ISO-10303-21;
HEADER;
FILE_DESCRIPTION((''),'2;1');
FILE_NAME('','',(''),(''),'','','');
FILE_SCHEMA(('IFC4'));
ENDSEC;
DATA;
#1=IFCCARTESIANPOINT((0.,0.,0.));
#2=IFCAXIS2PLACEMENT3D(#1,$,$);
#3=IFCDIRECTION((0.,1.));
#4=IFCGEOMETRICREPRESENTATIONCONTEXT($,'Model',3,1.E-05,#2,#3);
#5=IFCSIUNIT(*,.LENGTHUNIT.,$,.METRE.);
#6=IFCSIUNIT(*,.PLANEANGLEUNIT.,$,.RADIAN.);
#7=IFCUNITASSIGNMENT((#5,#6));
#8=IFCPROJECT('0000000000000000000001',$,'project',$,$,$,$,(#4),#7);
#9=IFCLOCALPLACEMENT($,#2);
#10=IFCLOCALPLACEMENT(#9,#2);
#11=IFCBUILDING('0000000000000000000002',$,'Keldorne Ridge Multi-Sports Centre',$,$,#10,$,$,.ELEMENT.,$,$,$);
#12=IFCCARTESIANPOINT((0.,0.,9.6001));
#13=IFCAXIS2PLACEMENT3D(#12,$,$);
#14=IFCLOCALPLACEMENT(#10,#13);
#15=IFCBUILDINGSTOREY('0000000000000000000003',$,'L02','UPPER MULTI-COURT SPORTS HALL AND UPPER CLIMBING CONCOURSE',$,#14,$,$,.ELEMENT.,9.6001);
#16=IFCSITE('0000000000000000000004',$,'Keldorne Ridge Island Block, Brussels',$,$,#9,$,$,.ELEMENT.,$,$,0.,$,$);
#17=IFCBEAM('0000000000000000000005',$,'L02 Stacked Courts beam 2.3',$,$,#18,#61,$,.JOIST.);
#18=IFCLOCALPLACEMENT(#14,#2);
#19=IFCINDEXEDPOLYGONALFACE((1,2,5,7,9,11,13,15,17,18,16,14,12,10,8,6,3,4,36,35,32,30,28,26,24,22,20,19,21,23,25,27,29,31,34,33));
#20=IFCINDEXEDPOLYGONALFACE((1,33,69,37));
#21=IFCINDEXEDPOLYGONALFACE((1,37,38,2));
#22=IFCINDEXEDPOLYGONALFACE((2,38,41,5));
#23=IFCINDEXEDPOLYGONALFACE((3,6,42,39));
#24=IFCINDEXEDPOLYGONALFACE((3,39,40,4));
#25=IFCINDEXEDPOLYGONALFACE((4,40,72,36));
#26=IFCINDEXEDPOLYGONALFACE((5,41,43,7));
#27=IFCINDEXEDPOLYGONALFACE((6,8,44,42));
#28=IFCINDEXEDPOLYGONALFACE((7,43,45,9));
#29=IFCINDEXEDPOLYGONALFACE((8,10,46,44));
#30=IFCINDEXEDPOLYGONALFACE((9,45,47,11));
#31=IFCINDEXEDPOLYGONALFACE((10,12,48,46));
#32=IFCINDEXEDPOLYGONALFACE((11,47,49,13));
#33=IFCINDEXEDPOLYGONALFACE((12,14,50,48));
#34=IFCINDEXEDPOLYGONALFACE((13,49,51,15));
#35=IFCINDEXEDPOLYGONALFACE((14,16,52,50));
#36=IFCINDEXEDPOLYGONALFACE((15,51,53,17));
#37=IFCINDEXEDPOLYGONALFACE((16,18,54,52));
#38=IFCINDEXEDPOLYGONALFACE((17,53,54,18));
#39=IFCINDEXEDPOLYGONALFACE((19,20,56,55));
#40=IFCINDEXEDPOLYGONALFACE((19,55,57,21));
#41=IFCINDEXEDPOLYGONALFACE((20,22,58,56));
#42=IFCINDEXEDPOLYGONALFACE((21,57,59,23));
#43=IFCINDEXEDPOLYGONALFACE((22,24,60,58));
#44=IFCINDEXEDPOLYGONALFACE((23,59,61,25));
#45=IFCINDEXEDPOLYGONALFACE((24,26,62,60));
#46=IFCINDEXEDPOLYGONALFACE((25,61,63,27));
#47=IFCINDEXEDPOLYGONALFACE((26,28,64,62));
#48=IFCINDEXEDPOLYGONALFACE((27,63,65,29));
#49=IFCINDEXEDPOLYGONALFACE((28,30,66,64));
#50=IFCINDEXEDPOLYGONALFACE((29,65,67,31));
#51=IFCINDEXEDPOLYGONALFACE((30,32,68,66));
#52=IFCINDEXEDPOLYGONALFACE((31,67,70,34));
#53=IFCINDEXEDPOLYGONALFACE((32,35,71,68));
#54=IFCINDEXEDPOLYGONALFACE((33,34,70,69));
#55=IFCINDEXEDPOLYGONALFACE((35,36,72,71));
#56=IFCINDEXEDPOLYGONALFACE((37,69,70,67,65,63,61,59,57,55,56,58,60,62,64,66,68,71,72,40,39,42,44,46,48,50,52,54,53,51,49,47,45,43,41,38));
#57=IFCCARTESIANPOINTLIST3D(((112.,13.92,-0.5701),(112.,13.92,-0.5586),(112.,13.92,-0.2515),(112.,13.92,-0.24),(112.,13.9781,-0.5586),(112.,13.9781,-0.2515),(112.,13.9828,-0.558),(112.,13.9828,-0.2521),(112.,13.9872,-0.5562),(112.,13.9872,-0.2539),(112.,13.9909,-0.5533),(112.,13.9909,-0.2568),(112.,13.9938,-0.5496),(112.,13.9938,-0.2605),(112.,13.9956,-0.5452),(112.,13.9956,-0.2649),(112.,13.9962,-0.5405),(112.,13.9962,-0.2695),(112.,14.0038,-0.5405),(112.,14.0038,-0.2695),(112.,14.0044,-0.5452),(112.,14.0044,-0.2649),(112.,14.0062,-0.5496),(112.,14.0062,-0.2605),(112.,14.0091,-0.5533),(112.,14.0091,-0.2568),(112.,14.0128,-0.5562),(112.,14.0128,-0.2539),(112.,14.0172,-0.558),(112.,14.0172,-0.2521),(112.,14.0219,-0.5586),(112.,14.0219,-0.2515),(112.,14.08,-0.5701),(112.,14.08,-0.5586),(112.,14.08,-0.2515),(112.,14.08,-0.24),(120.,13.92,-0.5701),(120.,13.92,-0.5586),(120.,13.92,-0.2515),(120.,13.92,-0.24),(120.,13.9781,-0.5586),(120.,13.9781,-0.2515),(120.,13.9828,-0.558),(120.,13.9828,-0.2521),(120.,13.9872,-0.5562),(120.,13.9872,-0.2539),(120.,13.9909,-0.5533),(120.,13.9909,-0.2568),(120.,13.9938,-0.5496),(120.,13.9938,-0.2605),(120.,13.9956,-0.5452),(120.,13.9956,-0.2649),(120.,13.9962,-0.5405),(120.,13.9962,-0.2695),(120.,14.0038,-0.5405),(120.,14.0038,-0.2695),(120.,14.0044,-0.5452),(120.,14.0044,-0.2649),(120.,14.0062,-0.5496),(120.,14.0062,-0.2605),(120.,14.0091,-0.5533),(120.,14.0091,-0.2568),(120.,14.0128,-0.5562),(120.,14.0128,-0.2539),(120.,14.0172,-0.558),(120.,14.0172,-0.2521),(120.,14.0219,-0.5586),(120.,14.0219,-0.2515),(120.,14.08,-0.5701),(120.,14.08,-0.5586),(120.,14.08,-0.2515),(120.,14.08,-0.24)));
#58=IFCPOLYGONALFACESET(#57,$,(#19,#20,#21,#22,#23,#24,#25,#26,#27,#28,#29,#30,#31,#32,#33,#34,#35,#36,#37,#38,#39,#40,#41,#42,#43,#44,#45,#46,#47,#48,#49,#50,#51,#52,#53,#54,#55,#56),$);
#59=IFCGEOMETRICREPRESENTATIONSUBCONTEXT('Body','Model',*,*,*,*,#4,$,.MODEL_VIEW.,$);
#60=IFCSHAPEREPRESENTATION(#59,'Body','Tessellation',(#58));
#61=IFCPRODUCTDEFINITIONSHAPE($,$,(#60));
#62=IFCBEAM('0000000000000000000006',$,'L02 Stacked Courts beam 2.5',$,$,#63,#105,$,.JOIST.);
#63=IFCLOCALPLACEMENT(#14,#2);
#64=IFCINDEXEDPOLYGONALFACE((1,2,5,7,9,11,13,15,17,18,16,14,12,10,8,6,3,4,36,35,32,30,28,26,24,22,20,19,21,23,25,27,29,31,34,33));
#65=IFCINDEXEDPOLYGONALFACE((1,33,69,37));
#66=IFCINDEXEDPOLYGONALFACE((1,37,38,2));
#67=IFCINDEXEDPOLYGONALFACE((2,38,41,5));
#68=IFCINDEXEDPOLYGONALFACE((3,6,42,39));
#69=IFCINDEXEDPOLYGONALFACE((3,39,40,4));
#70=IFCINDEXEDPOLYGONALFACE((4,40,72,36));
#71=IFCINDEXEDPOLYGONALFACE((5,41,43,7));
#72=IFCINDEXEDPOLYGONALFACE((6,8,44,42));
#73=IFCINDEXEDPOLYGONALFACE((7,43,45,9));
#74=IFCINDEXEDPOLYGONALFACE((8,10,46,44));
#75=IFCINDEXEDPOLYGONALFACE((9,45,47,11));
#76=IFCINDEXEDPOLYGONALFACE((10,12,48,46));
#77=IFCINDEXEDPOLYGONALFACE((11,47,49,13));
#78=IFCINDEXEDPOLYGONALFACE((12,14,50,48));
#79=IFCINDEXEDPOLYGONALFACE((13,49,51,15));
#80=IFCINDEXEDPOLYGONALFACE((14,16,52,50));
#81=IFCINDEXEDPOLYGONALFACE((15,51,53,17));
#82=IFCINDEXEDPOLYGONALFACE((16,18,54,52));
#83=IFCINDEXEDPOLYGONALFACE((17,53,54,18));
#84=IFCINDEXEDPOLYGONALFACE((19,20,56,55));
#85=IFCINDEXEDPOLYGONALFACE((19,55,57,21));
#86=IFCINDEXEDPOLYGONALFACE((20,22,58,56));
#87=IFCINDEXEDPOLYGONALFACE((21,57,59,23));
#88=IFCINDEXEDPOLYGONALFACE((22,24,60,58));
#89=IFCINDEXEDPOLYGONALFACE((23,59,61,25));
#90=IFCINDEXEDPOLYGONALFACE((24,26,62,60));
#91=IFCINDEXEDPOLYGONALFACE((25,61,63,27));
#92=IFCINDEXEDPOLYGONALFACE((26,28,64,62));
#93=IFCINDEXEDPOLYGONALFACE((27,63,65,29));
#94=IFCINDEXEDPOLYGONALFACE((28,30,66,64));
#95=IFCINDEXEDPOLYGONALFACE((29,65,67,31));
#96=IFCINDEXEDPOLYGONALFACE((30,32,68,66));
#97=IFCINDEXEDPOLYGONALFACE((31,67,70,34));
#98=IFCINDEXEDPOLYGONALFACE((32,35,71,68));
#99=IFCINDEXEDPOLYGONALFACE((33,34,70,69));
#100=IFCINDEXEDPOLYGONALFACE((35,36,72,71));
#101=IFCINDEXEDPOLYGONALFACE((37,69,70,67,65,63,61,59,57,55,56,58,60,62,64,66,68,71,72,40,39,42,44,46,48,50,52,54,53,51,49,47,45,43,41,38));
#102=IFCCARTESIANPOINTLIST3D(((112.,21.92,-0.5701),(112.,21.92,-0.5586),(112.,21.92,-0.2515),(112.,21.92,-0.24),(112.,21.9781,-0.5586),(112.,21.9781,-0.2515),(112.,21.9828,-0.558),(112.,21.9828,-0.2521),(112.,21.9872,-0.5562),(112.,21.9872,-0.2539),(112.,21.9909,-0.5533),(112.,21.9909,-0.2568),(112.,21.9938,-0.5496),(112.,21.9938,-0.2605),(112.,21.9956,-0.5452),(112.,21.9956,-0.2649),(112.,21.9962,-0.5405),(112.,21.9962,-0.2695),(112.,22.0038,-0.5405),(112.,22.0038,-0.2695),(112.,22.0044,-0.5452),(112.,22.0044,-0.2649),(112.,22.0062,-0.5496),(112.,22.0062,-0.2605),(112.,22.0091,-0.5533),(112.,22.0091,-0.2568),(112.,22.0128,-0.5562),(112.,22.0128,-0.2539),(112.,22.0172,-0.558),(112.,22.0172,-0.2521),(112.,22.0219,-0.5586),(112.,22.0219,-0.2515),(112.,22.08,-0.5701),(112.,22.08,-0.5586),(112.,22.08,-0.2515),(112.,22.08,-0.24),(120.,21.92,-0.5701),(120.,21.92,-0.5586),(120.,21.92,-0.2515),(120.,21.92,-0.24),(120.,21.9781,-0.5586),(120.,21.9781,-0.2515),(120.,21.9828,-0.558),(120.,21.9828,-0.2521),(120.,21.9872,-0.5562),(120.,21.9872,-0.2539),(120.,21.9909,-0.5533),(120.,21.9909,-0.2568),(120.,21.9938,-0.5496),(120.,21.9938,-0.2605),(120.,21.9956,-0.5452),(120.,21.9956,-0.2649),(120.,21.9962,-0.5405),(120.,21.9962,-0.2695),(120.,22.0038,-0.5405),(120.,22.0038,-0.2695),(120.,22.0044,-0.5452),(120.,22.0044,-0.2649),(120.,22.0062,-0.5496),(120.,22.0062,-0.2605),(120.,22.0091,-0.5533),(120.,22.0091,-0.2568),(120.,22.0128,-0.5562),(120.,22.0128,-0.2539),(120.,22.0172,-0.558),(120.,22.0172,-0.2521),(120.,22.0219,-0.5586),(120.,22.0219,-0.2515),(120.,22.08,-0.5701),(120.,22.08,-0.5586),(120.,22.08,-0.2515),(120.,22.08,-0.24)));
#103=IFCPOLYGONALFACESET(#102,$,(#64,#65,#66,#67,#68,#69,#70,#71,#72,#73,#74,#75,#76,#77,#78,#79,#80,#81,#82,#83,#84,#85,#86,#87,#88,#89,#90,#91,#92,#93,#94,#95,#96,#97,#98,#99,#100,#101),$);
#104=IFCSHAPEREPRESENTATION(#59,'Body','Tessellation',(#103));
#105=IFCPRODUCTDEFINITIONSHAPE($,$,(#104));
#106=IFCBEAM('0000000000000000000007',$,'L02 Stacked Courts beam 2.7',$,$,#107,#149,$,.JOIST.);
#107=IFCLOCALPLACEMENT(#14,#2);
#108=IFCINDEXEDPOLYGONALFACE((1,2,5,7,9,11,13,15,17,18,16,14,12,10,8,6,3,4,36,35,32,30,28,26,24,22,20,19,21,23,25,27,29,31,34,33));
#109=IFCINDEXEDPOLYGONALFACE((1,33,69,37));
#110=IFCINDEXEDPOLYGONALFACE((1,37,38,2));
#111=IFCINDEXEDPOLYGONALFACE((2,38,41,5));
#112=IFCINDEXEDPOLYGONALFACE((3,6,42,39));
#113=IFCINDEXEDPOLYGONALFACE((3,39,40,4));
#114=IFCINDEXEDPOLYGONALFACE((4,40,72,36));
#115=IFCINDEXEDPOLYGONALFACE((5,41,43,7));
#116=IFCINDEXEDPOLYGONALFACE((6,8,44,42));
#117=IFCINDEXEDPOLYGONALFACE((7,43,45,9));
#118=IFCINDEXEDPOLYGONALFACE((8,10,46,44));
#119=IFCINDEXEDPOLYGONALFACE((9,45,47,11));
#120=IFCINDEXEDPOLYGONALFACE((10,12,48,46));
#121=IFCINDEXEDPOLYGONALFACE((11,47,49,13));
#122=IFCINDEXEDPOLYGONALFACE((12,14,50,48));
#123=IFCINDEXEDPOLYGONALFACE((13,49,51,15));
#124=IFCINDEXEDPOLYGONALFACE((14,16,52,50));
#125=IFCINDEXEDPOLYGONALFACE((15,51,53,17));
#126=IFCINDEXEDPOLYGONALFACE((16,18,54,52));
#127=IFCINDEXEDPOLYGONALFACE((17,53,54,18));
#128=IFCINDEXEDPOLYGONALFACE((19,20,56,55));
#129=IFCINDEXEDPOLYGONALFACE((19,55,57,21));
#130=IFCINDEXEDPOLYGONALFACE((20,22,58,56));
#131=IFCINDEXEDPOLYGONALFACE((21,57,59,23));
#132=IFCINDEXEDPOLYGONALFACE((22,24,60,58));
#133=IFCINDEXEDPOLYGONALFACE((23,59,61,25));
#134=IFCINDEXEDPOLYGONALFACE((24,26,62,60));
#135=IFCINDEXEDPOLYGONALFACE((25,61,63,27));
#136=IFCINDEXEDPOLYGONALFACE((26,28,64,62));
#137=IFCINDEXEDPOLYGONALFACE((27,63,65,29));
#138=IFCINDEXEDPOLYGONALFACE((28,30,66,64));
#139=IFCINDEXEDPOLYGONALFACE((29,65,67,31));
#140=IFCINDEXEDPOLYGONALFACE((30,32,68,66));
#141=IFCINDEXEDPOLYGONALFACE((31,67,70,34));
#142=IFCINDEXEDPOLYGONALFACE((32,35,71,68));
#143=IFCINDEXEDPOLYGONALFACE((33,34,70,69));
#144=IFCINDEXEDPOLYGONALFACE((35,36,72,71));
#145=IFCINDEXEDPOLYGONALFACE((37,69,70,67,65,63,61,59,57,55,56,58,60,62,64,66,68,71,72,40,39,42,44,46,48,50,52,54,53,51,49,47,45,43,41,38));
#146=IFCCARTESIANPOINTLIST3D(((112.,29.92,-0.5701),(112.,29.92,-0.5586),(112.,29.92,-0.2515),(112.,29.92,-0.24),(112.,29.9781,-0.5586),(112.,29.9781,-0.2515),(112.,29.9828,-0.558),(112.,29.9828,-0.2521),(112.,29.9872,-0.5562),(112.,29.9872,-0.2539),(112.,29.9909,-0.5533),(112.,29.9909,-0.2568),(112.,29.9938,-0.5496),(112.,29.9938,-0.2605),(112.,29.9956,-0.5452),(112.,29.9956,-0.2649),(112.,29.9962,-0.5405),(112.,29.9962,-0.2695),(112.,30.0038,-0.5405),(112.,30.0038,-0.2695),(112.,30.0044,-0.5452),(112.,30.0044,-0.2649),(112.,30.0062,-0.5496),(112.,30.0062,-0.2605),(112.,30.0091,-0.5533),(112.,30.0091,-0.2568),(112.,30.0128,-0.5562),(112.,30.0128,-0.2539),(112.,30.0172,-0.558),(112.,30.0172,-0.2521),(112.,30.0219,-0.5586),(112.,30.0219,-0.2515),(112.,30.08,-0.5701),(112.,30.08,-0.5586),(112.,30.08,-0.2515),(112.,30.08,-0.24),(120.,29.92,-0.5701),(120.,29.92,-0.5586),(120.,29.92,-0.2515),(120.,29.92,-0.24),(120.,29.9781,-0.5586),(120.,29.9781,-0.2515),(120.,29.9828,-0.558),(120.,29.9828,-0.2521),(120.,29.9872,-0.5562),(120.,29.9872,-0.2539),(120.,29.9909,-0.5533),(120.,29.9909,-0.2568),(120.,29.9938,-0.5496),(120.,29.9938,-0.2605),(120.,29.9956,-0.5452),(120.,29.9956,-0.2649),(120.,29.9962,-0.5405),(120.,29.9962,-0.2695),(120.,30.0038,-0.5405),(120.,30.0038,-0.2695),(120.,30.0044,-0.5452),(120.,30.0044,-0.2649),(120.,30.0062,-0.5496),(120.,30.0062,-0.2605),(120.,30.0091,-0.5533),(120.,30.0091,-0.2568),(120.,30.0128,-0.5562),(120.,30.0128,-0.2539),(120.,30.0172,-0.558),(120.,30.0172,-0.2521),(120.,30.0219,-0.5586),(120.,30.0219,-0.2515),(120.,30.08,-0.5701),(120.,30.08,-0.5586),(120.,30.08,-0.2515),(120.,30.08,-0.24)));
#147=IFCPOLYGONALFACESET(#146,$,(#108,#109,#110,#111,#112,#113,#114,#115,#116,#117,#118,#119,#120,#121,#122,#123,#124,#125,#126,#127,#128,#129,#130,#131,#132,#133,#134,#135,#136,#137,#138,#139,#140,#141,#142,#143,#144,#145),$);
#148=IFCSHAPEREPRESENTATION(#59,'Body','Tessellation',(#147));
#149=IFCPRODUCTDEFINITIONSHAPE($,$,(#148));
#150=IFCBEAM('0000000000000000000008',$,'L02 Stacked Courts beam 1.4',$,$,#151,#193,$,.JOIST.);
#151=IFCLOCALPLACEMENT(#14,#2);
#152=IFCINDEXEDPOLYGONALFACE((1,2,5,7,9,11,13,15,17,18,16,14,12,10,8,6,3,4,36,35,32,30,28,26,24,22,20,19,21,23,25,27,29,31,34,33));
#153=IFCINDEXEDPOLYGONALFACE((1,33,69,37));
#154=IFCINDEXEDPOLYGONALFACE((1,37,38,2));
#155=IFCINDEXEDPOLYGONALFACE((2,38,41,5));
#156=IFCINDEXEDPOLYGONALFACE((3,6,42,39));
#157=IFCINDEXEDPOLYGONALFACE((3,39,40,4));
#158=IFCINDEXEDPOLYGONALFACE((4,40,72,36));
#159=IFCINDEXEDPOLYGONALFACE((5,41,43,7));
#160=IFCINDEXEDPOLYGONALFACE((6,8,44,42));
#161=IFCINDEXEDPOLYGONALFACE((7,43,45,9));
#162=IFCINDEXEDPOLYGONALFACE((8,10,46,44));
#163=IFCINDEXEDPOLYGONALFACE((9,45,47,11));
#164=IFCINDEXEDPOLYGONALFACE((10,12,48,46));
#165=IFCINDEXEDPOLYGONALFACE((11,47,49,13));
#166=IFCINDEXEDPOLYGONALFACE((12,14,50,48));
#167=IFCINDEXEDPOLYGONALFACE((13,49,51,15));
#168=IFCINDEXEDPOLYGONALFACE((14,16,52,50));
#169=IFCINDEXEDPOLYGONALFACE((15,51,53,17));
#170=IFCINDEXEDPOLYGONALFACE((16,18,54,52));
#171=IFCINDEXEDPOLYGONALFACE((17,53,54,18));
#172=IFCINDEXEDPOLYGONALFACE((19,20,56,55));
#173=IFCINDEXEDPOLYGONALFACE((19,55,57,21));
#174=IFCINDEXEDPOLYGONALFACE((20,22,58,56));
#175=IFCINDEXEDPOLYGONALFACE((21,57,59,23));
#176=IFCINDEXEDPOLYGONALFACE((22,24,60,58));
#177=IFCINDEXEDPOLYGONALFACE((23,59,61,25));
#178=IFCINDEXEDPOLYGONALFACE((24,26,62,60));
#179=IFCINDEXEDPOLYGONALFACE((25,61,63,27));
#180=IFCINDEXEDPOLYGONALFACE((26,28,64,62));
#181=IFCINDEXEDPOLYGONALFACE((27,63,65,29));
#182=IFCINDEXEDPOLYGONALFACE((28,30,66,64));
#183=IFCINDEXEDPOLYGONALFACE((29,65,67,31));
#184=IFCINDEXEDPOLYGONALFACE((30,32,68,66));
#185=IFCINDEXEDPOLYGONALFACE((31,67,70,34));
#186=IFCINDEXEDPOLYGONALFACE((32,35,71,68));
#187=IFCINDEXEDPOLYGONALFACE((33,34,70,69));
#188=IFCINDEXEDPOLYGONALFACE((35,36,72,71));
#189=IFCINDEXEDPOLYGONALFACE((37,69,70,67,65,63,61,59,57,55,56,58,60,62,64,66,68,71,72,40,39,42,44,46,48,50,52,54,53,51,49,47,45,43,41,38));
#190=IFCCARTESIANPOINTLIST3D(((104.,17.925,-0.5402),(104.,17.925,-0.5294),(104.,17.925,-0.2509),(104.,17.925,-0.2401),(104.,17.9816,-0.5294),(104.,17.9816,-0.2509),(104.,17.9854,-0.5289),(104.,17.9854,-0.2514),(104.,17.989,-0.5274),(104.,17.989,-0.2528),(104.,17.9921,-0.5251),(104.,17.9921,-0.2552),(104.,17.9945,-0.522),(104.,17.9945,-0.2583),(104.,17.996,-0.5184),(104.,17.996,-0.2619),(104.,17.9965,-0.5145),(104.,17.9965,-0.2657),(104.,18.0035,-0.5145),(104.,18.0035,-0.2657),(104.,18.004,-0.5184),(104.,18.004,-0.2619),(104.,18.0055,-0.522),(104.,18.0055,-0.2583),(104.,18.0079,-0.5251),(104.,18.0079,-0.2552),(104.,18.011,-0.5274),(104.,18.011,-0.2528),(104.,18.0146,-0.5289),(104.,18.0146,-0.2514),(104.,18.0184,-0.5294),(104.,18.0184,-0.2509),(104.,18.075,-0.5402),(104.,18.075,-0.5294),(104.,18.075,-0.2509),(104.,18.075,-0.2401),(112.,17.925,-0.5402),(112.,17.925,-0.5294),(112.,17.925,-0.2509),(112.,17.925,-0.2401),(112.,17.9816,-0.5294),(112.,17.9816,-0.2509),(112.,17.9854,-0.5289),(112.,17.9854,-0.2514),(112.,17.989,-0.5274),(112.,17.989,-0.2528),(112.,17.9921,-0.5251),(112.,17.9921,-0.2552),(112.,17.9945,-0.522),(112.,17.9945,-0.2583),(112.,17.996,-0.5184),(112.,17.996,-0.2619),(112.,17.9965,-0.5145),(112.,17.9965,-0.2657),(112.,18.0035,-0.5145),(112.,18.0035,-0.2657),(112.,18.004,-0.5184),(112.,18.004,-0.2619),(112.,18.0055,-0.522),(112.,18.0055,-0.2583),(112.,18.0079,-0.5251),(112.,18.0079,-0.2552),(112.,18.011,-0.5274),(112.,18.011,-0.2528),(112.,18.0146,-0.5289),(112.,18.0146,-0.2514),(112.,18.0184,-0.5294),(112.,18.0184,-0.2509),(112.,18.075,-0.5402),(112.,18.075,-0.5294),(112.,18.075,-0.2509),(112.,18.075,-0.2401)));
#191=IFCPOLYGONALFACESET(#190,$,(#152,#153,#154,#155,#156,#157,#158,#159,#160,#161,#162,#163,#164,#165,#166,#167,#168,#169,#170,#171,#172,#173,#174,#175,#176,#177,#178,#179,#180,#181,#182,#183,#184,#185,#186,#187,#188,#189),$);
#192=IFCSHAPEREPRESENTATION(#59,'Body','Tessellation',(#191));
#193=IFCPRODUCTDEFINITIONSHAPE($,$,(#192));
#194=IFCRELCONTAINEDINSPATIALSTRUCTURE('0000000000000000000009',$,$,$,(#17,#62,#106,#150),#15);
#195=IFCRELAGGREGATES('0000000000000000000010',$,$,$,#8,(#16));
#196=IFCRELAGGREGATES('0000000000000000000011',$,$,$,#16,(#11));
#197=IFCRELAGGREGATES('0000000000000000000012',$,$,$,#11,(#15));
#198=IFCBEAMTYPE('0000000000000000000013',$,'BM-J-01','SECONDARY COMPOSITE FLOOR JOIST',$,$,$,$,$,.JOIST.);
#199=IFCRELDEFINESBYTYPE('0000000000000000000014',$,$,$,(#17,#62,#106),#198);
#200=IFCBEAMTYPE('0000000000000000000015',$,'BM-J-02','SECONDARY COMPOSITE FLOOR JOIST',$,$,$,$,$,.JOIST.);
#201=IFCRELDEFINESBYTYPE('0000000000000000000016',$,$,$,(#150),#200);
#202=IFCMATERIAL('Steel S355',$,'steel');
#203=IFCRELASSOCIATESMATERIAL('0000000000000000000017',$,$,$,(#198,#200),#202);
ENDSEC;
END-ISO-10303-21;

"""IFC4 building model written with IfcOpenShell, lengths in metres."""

from ifc_helpers import new_model, si_unit, direction, frame, origin, origin_2d, place, context, subcontext, project, spatial, i_section, extrude, material, material_profile, profile_set, type_object, element, save


model = new_model("IFC4")

# Units and contexts
model_context = context("Model", 3, precision=1e-05, world=origin(), true_north=direction((0.0, 1.0)))
body_context = subcontext(model_context, "Body", "Model", "MODEL_VIEW")
ifc_project = project(units=[si_unit("LENGTHUNIT", "METRE"), si_unit("PLANEANGLEUNIT", "RADIAN")], contexts=[model_context])

# Site, building, storey
site_placement = place(None, origin())
site = spatial("IfcSite", under=ifc_project, at=site_placement, Name="Keldorne Ridge Island Block, Brussels", CompositionType="ELEMENT", RefElevation=0.0)
building_placement = place(site_placement, origin())
building = spatial("IfcBuilding", under=site, at=building_placement, Name="Keldorne Ridge Multi-Sports Centre", CompositionType="ELEMENT")
storey_placement = place(building_placement, frame((0.0, 0.0, 9.6001)))
storey = spatial("IfcBuildingStorey", under=building, at=storey_placement, Name="L02", Description="UPPER MULTI-COURT SPORTS HALL AND UPPER CLIMBING CONCOURSE", CompositionType="ELEMENT", Elevation=9.6001)

# Shared definitions
ifc_material_1 = material(Name="Steel S355", Category="steel")

# Beams
ifc_material_profile_1 = material_profile(ifc_material_1, i_section(OverallWidth=0.1599, OverallDepth=0.3301, WebThickness=0.0076, FlangeThickness=0.0115, FilletRadius=0.0181, at=origin_2d()), Name="IPE 330")
ifc_profile_set_1 = profile_set([ifc_material_profile_1], Name="Steel S355")
beam_type_1 = type_object("IfcBeamType", Name="BM-J-01", Description="SECONDARY COMPOSITE FLOOR JOIST", PredefinedType="JOIST", material=ifc_profile_set_1)
for number, where, z_axis, x_axis, name in (
    (1, (112.0, 14.0, -0.405), (1.0, 0.0, 0.0), (0.0, 1.0, 0.0), "L02 Stacked Courts beam 2.3"),
    (2, (112.0, 22.0, -0.405), (1.0, 0.0, 0.0), (0.0, 1.0, 0.0), "L02 Stacked Courts beam 2.5"),
    (3, (112.0, 30.0, -0.405), (1.0, 0.0, 0.0), (0.0, 1.0, 0.0), "L02 Stacked Courts beam 2.7"),
):
    element("IfcBeam", number, at=place(storey_placement, frame(where, z_axis=z_axis, x_axis=x_axis)), inside=storey, type_object=beam_type_1, Name=name, PredefinedType="JOIST", context=body_context, shape_type="SweptSolid", body=[
        extrude(i_section(OverallWidth=0.1599, OverallDepth=0.3301, WebThickness=0.0076, FlangeThickness=0.0115, FilletRadius=0.0181, at=origin_2d()), origin(), (0.0, 0.0, 1.0), 8.0),
    ])
ifc_material_profile_2 = material_profile(ifc_material_1, i_section(OverallWidth=0.1499, OverallDepth=0.3, WebThickness=0.0071, FlangeThickness=0.0107, FilletRadius=0.0149, at=origin_2d()), Name="IPE 300")
ifc_profile_set_2 = profile_set([ifc_material_profile_2], Name="Steel S355")
beam_type_2 = type_object("IfcBeamType", Name="BM-J-02", Description="SECONDARY COMPOSITE FLOOR JOIST", PredefinedType="JOIST", material=ifc_profile_set_2)
for number, where, z_axis, x_axis, name in (
    (4, (104.0, 18.0, -0.3901), (1.0, 0.0, 0.0), (0.0, 1.0, 0.0), "L02 Stacked Courts beam 1.4"),
):
    element("IfcBeam", number, at=place(storey_placement, frame(where, z_axis=z_axis, x_axis=x_axis)), inside=storey, type_object=beam_type_2, Name=name, PredefinedType="JOIST", context=body_context, shape_type="SweptSolid", body=[
        extrude(i_section(OverallWidth=0.1499, OverallDepth=0.3, WebThickness=0.0071, FlangeThickness=0.0107, FilletRadius=0.0149, at=origin_2d()), origin(), (0.0, 0.0, 1.0), 8.0),
    ])

save(model, "model.ifc")
